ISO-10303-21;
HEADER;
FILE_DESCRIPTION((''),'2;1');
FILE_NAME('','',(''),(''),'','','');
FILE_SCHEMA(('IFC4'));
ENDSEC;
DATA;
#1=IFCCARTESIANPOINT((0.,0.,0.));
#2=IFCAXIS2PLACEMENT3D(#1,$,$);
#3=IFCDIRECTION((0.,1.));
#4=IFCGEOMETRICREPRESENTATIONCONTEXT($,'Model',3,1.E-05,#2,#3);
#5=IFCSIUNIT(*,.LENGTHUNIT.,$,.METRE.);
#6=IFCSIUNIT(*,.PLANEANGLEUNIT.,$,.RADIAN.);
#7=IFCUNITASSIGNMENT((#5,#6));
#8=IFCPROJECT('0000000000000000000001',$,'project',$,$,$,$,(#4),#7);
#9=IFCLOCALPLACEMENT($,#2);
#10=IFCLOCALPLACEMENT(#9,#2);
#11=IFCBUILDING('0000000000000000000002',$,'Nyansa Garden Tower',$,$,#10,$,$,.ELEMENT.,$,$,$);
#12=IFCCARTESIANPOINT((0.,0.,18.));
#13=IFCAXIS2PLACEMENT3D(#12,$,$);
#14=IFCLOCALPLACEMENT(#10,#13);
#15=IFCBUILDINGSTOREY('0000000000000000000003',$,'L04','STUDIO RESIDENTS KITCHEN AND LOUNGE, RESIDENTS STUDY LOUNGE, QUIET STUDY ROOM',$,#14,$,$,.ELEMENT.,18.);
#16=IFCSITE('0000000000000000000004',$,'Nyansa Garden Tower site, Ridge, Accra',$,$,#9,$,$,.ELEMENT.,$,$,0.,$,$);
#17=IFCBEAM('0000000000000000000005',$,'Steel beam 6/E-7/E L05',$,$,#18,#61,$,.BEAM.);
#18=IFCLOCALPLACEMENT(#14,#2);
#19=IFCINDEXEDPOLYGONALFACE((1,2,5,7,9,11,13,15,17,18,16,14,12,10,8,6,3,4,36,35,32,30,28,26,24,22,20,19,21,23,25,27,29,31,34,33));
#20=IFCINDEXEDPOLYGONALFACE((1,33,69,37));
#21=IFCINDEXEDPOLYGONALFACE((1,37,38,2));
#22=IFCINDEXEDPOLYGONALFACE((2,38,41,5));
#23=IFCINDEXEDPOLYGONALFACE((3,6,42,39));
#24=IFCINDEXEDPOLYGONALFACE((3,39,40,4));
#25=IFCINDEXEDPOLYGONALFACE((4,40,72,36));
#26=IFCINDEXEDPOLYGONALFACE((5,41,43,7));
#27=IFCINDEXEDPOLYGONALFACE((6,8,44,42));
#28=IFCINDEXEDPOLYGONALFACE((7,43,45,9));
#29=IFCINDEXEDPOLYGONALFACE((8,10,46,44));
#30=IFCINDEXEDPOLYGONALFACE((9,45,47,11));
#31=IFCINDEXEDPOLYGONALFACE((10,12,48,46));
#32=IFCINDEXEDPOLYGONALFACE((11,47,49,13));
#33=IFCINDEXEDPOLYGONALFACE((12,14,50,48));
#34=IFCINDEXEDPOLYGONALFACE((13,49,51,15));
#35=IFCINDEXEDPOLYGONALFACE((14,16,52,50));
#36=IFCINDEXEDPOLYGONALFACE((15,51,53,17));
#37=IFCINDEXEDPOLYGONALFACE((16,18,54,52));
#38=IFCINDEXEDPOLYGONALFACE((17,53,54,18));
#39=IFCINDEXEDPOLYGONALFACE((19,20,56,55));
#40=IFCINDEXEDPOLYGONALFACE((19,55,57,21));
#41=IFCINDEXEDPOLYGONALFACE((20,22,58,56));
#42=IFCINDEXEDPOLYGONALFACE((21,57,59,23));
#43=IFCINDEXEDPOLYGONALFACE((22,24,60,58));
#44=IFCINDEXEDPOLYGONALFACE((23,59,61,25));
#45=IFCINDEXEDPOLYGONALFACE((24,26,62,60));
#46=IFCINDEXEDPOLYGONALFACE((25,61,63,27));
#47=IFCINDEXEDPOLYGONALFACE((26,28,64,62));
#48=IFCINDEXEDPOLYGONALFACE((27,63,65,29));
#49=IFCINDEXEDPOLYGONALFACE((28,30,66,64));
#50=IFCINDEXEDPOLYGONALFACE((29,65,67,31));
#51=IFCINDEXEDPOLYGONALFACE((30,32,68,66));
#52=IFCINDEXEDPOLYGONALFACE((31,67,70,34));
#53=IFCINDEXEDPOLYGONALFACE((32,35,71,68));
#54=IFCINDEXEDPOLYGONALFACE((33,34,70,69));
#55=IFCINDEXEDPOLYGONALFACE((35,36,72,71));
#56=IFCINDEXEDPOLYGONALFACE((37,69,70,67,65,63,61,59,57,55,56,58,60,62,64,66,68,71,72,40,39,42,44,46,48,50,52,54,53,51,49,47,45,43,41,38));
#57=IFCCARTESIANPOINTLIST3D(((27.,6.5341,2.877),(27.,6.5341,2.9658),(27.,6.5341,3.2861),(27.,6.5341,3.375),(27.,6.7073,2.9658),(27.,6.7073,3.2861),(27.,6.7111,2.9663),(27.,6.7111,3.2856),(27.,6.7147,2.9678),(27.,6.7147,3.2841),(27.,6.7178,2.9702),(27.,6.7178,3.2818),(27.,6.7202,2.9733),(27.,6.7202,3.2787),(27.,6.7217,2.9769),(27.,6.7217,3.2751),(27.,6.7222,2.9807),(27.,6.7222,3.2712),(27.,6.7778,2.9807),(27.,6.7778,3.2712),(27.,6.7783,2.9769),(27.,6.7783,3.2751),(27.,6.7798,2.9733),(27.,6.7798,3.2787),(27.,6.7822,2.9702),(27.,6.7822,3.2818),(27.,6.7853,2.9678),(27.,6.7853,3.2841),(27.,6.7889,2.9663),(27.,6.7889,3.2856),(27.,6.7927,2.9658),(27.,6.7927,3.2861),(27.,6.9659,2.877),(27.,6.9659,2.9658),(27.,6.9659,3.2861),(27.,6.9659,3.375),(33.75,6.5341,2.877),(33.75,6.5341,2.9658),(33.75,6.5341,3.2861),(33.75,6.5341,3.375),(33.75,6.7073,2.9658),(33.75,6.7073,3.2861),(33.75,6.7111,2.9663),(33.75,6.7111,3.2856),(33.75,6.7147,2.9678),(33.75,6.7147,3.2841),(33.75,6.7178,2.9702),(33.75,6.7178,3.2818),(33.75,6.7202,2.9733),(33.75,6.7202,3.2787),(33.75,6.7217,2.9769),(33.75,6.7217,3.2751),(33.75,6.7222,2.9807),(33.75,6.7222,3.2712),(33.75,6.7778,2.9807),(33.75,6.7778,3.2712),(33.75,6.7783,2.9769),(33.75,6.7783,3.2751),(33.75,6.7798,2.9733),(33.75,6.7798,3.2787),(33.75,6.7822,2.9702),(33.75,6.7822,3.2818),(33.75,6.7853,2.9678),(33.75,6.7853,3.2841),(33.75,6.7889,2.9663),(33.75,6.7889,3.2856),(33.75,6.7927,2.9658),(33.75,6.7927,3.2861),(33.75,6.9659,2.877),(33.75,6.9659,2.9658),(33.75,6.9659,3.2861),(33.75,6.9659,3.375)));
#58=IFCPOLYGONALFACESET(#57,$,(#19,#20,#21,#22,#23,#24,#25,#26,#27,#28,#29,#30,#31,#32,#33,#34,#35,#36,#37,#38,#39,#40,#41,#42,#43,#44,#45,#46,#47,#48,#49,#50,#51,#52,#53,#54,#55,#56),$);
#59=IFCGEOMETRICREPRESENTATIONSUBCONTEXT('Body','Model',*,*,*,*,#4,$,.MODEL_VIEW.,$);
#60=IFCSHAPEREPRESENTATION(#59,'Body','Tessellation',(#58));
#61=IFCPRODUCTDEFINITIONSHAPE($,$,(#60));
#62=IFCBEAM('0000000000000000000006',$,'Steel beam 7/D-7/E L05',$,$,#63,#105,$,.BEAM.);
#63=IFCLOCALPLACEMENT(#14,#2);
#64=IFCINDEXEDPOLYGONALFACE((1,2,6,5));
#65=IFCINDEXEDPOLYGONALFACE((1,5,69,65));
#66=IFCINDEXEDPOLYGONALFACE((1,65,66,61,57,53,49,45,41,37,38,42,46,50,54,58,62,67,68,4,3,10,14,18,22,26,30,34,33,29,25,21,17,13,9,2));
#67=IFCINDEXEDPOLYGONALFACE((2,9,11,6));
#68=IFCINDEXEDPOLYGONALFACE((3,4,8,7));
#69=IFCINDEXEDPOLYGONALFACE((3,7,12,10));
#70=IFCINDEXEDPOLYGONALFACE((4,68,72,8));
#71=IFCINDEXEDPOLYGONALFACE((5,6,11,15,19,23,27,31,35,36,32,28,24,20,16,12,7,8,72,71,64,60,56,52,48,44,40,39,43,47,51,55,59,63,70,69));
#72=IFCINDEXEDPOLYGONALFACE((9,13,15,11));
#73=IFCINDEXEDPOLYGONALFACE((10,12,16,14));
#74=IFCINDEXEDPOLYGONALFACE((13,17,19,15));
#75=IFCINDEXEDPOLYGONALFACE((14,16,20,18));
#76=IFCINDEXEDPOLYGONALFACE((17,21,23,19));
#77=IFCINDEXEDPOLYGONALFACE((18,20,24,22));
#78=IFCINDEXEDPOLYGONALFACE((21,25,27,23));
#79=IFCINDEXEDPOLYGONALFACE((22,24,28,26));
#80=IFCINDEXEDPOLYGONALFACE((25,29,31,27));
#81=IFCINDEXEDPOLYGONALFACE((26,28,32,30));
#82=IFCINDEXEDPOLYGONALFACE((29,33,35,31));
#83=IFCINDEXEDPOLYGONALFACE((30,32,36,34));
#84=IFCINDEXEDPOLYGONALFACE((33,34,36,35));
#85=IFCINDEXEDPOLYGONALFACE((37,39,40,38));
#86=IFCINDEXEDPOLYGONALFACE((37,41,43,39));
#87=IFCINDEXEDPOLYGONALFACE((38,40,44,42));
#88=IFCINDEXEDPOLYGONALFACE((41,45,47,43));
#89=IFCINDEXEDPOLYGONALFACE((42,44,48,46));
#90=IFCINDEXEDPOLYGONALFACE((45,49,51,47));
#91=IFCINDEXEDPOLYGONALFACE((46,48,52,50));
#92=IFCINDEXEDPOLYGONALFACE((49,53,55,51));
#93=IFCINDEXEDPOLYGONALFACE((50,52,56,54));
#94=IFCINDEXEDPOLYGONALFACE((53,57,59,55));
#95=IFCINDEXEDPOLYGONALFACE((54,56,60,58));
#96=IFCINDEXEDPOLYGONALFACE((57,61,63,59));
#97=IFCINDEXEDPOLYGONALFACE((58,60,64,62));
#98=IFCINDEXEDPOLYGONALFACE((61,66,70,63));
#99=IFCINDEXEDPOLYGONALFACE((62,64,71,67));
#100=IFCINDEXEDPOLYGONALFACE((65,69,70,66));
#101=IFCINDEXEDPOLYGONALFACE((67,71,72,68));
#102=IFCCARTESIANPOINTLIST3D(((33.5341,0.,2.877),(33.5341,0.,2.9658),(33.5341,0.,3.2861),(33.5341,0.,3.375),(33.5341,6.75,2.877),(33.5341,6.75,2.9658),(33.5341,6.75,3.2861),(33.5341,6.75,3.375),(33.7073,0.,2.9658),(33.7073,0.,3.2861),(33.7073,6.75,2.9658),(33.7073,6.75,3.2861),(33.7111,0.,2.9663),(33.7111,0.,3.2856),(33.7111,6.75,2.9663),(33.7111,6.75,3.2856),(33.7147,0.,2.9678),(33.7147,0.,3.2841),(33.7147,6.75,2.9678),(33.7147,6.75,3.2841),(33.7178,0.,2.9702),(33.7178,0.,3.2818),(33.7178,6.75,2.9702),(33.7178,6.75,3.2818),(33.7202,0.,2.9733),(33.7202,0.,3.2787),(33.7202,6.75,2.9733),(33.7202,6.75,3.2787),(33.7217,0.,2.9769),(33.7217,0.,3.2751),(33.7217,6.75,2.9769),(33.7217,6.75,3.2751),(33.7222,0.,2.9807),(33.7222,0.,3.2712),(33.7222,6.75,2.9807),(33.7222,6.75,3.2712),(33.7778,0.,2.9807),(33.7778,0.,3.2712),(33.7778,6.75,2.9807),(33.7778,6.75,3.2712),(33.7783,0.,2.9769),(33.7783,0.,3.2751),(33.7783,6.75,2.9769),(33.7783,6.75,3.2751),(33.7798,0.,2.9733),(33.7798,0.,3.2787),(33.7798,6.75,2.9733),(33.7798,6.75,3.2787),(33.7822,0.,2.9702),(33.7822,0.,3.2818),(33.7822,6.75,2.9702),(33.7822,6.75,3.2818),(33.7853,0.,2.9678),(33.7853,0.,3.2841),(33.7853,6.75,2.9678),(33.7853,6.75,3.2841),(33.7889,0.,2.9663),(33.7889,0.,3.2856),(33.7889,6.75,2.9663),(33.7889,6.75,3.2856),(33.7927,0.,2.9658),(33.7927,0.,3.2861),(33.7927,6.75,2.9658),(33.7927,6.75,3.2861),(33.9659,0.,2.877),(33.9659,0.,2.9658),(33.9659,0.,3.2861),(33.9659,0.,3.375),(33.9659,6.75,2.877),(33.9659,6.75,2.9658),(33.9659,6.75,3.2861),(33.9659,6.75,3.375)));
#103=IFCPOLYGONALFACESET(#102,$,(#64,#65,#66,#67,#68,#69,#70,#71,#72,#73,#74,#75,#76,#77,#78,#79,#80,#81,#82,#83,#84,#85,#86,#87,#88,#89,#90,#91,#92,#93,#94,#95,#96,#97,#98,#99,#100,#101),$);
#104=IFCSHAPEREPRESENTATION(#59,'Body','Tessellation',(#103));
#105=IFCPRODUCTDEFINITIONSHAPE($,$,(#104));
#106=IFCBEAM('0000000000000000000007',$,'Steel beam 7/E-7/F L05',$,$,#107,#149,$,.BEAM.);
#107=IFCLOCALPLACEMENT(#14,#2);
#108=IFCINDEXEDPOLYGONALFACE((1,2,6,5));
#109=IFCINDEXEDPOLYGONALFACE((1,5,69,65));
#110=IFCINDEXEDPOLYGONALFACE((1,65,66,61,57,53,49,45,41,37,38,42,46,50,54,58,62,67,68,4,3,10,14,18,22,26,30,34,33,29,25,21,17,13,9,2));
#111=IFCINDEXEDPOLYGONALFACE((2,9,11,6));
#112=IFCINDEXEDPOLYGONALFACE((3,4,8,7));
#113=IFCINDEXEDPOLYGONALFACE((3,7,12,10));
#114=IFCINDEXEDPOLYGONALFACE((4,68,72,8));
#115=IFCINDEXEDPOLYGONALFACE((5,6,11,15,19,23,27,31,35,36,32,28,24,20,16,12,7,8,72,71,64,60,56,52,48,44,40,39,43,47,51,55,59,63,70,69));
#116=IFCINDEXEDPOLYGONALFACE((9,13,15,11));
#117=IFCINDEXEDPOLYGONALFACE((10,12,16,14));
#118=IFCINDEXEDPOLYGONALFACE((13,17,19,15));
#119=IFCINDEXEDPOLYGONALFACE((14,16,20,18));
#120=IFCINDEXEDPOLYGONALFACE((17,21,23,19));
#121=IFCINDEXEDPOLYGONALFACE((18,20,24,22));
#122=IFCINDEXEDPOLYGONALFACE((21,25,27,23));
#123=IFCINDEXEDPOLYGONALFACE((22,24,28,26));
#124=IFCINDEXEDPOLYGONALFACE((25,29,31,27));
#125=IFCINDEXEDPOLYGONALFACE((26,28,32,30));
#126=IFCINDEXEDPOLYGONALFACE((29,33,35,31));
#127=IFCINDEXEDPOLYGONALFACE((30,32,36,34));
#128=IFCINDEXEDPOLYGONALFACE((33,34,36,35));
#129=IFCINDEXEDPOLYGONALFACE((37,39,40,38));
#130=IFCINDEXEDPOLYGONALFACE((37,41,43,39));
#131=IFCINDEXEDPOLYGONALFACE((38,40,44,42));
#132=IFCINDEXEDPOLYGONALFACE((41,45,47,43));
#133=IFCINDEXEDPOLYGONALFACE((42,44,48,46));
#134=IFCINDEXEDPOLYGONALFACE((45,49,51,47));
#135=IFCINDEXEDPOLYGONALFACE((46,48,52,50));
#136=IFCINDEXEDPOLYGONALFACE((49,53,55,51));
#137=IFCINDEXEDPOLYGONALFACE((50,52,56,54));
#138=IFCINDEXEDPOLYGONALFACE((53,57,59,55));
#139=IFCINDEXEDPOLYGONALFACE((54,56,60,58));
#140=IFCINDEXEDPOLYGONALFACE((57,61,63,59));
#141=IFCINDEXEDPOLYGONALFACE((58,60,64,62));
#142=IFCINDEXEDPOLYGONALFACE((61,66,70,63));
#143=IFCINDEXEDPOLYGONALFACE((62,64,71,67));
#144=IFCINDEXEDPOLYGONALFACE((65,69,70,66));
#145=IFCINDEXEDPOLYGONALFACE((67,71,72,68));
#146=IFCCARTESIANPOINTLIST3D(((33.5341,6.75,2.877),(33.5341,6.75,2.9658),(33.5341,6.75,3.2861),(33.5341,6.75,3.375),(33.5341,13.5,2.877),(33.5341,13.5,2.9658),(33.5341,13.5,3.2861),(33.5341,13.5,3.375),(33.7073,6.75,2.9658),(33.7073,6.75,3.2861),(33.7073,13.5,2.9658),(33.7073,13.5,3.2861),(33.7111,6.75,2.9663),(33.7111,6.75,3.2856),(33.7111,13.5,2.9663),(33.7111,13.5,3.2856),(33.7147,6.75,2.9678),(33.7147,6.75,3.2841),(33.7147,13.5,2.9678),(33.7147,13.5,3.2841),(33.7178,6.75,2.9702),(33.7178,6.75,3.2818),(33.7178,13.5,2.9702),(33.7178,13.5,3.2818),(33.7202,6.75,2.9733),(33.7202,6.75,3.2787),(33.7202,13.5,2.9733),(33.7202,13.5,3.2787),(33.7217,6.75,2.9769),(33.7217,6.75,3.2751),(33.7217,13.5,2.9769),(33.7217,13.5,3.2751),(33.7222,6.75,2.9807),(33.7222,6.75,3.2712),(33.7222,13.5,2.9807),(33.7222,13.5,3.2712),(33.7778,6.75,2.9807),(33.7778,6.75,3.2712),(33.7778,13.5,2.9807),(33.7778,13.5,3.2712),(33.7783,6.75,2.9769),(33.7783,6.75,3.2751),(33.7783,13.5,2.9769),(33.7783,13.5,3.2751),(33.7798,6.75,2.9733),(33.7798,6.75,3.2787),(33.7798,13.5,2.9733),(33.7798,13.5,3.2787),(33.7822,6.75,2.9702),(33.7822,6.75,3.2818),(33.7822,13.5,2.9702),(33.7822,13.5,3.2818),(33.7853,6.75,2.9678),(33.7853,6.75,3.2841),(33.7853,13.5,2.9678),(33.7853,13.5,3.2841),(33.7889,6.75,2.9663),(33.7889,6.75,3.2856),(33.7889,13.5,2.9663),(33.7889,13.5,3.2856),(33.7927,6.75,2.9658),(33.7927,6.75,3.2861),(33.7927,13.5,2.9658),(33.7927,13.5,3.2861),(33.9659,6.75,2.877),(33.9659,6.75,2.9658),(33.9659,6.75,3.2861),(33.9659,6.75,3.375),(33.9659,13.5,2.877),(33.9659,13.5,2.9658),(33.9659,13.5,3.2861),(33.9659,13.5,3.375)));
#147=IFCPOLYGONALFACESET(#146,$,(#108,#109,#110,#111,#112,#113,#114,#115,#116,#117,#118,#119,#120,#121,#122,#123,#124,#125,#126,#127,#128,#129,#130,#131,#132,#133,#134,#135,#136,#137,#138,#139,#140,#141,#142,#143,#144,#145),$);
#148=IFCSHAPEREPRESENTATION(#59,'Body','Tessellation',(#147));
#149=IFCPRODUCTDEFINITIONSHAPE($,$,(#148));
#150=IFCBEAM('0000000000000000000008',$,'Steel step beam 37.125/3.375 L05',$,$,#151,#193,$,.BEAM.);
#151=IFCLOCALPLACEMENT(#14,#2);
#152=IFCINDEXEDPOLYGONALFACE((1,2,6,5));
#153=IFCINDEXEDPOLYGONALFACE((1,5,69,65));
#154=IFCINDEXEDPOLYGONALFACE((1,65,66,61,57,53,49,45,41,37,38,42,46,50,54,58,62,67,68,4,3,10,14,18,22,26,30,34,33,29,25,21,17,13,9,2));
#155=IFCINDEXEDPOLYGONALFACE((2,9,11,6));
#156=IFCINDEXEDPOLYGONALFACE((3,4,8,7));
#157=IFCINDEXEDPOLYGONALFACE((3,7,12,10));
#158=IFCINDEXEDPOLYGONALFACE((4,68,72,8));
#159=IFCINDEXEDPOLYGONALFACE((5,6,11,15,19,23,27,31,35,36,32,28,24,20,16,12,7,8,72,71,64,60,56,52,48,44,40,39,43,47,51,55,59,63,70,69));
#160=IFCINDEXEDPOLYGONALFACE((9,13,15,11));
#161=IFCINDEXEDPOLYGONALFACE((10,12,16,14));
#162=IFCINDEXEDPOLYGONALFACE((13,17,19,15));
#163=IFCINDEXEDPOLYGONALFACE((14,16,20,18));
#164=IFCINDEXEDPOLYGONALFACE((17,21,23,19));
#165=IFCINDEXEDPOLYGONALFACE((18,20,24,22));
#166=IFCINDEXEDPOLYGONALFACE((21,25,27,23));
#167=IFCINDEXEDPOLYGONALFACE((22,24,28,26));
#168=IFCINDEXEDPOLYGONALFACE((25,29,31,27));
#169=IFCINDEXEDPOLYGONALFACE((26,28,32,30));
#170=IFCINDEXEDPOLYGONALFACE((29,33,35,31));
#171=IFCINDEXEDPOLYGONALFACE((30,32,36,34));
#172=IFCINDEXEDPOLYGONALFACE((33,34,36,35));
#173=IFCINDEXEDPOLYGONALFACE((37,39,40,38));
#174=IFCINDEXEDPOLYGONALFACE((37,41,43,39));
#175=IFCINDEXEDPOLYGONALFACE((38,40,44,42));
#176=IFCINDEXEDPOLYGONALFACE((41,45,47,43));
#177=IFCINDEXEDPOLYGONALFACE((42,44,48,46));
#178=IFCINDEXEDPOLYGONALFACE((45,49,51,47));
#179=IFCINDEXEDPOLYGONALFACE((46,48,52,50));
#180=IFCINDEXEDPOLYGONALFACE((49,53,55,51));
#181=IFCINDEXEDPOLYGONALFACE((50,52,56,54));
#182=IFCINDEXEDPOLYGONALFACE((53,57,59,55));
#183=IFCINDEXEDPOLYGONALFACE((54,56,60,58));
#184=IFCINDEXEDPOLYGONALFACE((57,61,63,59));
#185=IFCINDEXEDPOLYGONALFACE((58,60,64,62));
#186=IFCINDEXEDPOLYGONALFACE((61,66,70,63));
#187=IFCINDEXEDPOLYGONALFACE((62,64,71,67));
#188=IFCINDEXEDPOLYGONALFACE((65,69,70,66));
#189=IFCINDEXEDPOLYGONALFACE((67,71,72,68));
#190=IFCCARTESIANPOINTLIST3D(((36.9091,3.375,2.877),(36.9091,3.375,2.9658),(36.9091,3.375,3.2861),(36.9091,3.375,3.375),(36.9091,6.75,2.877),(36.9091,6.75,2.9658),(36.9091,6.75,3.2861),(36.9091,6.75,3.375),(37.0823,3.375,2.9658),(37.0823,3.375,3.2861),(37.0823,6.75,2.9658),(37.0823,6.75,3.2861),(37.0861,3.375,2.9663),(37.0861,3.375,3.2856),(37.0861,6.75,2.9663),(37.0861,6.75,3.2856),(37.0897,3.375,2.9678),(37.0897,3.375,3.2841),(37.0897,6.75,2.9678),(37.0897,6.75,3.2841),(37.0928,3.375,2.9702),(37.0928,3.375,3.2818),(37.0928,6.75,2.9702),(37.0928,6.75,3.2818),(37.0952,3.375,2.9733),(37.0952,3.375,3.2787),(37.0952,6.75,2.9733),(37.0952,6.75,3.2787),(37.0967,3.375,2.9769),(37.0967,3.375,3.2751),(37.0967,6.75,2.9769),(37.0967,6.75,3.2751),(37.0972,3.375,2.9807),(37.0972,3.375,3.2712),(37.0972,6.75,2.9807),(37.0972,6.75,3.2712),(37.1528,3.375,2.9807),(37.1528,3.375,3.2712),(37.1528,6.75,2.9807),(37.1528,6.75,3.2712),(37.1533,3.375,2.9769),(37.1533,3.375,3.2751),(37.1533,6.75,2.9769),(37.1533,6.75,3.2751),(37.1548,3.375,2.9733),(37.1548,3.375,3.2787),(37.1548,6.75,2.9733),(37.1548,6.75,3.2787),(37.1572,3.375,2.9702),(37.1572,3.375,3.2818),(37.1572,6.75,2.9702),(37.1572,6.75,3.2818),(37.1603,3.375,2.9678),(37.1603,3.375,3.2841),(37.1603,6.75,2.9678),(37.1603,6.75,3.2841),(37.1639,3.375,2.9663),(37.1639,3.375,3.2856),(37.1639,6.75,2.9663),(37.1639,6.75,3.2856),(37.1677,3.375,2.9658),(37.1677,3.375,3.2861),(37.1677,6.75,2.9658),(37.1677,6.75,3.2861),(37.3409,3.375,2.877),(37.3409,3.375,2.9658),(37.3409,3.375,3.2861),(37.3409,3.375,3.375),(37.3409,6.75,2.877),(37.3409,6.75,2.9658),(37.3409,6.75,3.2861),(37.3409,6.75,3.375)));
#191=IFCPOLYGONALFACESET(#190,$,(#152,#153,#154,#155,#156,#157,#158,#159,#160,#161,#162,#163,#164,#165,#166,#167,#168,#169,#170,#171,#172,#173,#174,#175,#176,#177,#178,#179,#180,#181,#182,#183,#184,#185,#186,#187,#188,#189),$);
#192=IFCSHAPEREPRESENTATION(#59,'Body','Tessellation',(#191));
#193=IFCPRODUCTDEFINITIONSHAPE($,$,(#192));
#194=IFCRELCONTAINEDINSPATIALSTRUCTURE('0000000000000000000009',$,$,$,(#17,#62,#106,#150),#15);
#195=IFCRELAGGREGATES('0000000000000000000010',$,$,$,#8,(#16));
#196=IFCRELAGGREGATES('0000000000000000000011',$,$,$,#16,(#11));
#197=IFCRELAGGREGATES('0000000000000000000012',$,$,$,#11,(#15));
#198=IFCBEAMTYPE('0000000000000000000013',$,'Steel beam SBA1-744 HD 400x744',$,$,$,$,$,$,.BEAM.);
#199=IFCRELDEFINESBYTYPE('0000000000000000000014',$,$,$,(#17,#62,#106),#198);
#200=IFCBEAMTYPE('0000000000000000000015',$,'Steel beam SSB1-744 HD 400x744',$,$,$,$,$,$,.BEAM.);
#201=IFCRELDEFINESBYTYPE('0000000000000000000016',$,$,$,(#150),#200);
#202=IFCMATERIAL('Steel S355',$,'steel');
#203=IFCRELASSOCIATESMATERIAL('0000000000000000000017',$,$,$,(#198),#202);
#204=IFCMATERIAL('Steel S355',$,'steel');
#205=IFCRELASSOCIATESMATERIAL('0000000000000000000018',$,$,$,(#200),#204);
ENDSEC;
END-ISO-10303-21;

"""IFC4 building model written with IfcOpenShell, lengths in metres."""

from ifc_helpers import new_model, si_unit, direction, frame, origin, origin_2d, place, context, subcontext, project, spatial, i_section, extrude, material, material_profile, profile_set, type_object, element, save


model = new_model("IFC4")

# Units and contexts
model_context = context("Model", 3, precision=1e-05, world=origin(), true_north=direction((0.0, 1.0)))
body_context = subcontext(model_context, "Body", "Model", "MODEL_VIEW")
ifc_project = project(units=[si_unit("LENGTHUNIT", "METRE"), si_unit("PLANEANGLEUNIT", "RADIAN")], contexts=[model_context])

# Site, building, storey
site_placement = place(None, origin())
site = spatial("IfcSite", under=ifc_project, at=site_placement, Name="Nyansa Garden Tower site, Ridge, Accra", CompositionType="ELEMENT", RefElevation=0.0)
building_placement = place(site_placement, origin())
building = spatial("IfcBuilding", under=site, at=building_placement, Name="Nyansa Garden Tower", CompositionType="ELEMENT")
storey_placement = place(building_placement, frame((0.0, 0.0, 18.0)))
storey = spatial("IfcBuildingStorey", under=building, at=storey_placement, Name="L04", Description="STUDIO RESIDENTS KITCHEN AND LOUNGE, RESIDENTS STUDY LOUNGE, QUIET STUDY ROOM", CompositionType="ELEMENT", Elevation=18.0)

# Beams
ifc_material_1 = material(Name="Steel S355", Category="steel")
ifc_material_profile_1 = material_profile(ifc_material_1, i_section(OverallWidth=0.4319, OverallDepth=0.498, WebThickness=0.0557, FlangeThickness=0.0889, FilletRadius=0.0149, at=origin_2d()), Name="HD 400x744")
ifc_profile_set_1 = profile_set([ifc_material_profile_1], Name="Steel S355")
beam_type_1 = type_object("IfcBeamType", Name="Steel beam SBA1-744 HD 400x744", PredefinedType="BEAM", material=ifc_profile_set_1)
for number, where, z_axis, x_axis, name in (
    (1, (27.0, 6.75, 3.126), (1.0, 0.0, 0.0), (0.0, 1.0, 0.0), "Steel beam 6/E-7/E L05"),
    (2, (33.75, 0.0, 3.126), (0.0, 1.0, 0.0), (-1.0, 0.0, 0.0), "Steel beam 7/D-7/E L05"),
    (3, (33.75, 6.75, 3.126), (0.0, 1.0, 0.0), (-1.0, 0.0, 0.0), "Steel beam 7/E-7/F L05"),
):
    element("IfcBeam", number, at=place(storey_placement, frame(where, z_axis=z_axis, x_axis=x_axis)), inside=storey, type_object=beam_type_1, Name=name, PredefinedType="BEAM", context=body_context, shape_type="SweptSolid", body=[
        extrude(i_section(OverallWidth=0.4319, OverallDepth=0.498, WebThickness=0.0557, FlangeThickness=0.0889, FilletRadius=0.0149, at=origin_2d()), origin(), (0.0, 0.0, 1.0), 6.75),
    ])
ifc_material_2 = material(Name="Steel S355", Category="steel")
ifc_material_profile_2 = material_profile(ifc_material_2, i_section(OverallWidth=0.4319, OverallDepth=0.498, WebThickness=0.0557, FlangeThickness=0.0889, FilletRadius=0.0149, at=origin_2d()), Name="HD 400x744")
ifc_profile_set_2 = profile_set([ifc_material_profile_2], Name="Steel S355")
beam_type_2 = type_object("IfcBeamType", Name="Steel beam SSB1-744 HD 400x744", PredefinedType="BEAM", material=ifc_profile_set_2)
for number, where, z_axis, x_axis, name in (
    (4, (37.125, 3.375, 3.126), (0.0, 1.0, 0.0), (-1.0, 0.0, 0.0), "Steel step beam 37.125/3.375 L05"),
):
    element("IfcBeam", number, at=place(storey_placement, frame(where, z_axis=z_axis, x_axis=x_axis)), inside=storey, type_object=beam_type_2, Name=name, PredefinedType="BEAM", context=body_context, shape_type="SweptSolid", body=[
        extrude(i_section(OverallWidth=0.4319, OverallDepth=0.498, WebThickness=0.0557, FlangeThickness=0.0889, FilletRadius=0.0149, at=origin_2d()), origin(), (0.0, 0.0, 1.0), 3.375),
    ])

save(model, "model.ifc")
